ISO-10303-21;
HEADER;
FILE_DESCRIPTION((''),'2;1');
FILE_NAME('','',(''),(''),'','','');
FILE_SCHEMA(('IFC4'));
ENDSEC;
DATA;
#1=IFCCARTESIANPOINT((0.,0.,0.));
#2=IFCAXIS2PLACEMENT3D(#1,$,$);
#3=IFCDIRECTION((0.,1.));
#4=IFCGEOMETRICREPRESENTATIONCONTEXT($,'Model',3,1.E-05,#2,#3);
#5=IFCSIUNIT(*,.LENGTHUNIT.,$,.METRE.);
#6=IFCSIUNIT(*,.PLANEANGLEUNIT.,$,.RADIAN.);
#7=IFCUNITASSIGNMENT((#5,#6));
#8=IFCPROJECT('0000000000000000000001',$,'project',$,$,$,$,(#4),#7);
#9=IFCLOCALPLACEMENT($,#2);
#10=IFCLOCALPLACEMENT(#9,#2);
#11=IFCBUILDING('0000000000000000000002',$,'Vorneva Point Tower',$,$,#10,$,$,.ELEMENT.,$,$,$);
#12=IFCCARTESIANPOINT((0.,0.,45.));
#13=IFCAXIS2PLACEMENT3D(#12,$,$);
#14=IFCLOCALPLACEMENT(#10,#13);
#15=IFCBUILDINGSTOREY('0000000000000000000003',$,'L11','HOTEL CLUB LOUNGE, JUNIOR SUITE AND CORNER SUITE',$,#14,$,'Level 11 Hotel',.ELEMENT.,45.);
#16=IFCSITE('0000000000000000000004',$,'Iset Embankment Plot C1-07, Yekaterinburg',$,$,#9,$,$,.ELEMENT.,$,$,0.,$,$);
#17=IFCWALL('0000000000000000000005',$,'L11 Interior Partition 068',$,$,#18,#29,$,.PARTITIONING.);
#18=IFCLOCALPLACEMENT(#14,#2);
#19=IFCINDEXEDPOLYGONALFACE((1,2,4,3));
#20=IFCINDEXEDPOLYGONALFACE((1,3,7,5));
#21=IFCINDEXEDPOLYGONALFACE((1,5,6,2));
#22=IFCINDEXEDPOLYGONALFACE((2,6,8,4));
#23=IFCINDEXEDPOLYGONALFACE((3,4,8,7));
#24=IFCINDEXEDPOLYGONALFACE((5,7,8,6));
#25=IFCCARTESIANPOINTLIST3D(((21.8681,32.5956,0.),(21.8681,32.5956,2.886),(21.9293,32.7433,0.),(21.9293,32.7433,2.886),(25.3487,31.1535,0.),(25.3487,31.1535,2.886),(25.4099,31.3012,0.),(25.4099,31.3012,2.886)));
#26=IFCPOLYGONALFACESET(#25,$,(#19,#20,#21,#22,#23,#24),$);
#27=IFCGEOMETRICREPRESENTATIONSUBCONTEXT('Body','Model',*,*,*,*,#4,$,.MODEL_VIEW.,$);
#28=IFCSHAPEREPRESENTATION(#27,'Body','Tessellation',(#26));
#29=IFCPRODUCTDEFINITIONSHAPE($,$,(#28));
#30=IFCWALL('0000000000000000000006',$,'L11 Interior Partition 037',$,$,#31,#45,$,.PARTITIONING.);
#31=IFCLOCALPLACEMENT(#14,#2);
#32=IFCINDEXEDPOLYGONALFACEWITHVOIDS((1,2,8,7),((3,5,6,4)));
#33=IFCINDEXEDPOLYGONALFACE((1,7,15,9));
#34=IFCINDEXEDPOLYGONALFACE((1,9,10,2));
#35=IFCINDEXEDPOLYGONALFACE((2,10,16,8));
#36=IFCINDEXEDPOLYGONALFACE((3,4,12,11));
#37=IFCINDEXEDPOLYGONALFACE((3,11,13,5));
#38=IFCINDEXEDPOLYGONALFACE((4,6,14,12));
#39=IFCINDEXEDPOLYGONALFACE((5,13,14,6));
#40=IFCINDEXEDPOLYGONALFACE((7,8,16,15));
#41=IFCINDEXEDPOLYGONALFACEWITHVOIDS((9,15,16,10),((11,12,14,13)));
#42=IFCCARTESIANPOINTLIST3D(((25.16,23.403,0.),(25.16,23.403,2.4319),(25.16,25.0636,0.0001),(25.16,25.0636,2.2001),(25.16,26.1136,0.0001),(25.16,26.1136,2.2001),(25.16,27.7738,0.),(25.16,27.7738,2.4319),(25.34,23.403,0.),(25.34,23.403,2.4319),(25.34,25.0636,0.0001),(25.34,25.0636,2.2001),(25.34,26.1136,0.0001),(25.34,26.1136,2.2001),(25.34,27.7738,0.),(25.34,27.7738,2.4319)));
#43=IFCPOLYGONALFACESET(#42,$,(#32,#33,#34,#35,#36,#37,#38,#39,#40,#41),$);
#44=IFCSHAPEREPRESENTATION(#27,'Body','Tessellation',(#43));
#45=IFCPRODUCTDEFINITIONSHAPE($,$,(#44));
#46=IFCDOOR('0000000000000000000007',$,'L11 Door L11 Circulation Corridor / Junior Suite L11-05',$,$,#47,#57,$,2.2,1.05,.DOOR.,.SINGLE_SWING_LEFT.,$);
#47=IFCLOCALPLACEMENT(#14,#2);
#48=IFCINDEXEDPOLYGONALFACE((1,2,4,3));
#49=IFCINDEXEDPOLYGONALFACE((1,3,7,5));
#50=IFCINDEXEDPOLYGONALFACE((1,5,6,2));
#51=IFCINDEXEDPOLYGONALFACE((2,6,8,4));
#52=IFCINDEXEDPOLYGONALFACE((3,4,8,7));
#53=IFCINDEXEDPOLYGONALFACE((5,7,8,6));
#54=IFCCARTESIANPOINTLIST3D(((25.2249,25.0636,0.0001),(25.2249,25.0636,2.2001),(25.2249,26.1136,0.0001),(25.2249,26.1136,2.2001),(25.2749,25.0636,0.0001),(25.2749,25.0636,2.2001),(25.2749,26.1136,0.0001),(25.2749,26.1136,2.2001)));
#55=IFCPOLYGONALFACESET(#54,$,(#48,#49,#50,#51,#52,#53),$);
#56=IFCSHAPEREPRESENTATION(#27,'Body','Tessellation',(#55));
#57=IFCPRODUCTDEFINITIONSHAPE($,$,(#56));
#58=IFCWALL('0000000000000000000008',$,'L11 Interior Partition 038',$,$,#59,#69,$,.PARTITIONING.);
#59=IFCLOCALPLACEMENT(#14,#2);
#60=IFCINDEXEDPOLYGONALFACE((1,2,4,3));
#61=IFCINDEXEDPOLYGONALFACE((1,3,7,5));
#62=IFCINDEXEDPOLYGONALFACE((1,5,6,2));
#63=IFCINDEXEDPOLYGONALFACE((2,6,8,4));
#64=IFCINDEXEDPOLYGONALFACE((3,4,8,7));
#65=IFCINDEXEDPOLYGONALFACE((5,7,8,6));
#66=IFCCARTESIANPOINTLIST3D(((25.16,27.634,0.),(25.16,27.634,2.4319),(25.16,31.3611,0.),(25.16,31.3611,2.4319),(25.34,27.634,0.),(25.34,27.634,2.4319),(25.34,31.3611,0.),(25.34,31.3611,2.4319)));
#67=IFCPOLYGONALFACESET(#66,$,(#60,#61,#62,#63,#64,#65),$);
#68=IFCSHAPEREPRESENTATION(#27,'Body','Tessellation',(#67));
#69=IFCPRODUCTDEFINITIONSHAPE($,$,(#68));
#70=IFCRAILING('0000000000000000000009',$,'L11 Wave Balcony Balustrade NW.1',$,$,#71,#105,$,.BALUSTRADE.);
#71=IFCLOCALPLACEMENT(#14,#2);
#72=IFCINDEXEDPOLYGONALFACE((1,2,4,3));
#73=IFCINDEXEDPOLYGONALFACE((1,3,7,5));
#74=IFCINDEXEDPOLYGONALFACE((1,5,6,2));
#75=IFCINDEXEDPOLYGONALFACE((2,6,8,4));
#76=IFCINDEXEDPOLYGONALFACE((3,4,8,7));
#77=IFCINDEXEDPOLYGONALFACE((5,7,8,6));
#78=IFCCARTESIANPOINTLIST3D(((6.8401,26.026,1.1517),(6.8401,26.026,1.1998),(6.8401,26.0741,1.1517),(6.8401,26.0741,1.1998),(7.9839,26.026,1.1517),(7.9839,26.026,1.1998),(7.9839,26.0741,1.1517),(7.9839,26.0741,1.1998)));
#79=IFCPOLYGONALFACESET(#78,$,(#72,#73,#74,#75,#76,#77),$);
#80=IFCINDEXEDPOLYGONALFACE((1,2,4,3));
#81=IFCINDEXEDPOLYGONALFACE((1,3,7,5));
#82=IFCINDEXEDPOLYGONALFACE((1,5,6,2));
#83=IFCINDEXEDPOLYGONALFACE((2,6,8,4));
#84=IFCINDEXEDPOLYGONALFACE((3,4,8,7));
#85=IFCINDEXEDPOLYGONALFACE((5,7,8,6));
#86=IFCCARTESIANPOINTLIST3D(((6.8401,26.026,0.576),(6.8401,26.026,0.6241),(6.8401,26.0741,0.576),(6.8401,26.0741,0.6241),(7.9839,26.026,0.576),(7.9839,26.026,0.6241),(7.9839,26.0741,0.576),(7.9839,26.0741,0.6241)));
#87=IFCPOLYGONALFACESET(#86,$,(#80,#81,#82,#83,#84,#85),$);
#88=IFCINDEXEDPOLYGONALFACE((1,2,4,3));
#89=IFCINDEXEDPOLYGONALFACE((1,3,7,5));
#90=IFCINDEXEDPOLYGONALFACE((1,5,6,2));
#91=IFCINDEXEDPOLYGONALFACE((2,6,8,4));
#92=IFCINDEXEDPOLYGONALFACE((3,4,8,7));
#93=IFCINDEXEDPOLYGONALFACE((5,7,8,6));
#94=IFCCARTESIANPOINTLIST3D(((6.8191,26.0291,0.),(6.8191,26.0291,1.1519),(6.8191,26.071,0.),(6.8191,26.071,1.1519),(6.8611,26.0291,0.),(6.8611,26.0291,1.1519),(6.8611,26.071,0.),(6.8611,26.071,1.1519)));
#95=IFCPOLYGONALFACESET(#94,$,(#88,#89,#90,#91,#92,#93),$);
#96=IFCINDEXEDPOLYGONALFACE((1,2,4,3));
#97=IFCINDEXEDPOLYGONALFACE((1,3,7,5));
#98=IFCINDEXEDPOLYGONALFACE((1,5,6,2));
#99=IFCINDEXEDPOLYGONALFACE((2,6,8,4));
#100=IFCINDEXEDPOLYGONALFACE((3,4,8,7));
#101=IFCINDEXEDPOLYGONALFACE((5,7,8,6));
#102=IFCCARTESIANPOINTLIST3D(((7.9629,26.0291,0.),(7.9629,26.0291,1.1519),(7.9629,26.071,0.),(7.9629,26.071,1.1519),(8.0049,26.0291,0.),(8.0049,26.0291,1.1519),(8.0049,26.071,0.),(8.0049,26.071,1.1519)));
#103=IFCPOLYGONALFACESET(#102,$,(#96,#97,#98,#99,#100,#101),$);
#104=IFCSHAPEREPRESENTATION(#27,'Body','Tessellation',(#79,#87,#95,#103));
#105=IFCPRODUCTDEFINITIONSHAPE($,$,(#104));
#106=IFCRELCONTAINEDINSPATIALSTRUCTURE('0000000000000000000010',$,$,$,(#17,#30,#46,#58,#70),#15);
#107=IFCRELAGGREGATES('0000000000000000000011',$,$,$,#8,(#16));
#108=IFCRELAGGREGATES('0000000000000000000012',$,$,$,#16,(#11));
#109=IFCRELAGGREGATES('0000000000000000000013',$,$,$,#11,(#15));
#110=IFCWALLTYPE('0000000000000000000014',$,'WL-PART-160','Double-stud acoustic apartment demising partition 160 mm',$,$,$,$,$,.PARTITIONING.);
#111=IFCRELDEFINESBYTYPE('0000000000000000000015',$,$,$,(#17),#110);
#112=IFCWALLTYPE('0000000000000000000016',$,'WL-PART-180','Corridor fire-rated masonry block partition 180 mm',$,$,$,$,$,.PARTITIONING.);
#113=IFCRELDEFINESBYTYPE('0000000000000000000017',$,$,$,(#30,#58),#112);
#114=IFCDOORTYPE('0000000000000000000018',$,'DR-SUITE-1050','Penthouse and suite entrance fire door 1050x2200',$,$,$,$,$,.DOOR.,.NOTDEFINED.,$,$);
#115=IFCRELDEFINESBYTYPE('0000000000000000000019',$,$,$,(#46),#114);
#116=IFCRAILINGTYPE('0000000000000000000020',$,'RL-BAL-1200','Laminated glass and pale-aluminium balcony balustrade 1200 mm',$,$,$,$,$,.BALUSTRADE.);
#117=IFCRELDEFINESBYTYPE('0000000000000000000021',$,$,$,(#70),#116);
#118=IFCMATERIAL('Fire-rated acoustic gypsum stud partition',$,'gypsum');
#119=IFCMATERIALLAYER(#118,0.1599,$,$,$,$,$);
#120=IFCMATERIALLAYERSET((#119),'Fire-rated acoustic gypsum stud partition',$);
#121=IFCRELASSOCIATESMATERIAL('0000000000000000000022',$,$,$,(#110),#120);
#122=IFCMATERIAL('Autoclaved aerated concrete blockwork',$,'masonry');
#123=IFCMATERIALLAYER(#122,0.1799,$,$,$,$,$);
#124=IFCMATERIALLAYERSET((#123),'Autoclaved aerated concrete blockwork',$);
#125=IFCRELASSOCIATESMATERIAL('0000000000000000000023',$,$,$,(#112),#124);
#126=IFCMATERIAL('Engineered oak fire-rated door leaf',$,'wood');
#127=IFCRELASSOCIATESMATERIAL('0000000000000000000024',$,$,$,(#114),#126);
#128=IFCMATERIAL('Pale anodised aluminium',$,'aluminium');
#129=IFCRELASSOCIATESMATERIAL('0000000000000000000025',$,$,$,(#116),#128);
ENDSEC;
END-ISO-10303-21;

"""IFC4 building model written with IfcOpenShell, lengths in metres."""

from ifc_helpers import new_model, si_unit, direction, frame, frame_2d, origin, origin_2d, place, context, subcontext, project, spatial, rectangle, extrude, material, layer, layer_set, type_object, element, fill, save


model = new_model("IFC4")

# Units and contexts
model_context = context("Model", 3, precision=1e-05, world=origin(), true_north=direction((0.0, 1.0)))
body_context = subcontext(model_context, "Body", "Model", "MODEL_VIEW")
ifc_project = project(units=[si_unit("LENGTHUNIT", "METRE"), si_unit("PLANEANGLEUNIT", "RADIAN")], contexts=[model_context])

# Site, building, storey
site_placement = place(None, origin())
site = spatial("IfcSite", under=ifc_project, at=site_placement, Name="Iset Embankment Plot C1-07, Yekaterinburg", CompositionType="ELEMENT", RefElevation=0.0)
building_placement = place(site_placement, origin())
building = spatial("IfcBuilding", under=site, at=building_placement, Name="Vorneva Point Tower", CompositionType="ELEMENT")
storey_placement = place(building_placement, frame((0.0, 0.0, 45.0)))
storey = spatial("IfcBuildingStorey", under=building, at=storey_placement, Name="L11", Description="HOTEL CLUB LOUNGE, JUNIOR SUITE AND CORNER SUITE", LongName="Level 11 Hotel", CompositionType="ELEMENT", Elevation=45.0)

# Shared definitions
ifc_material_1 = material(Name="Pale anodised aluminium", Category="aluminium")

# Shared definitions
ifc_material_2 = material(Name="Fire-rated acoustic gypsum stud partition", Category="gypsum")
ifc_material_3 = material(Name="Engineered oak fire-rated door leaf", Category="wood")

# Wall
ifc_layer_1 = layer(ifc_material_2, 0.1599)
ifc_layer_set_1 = layer_set([ifc_layer_1], Name="Fire-rated acoustic gypsum stud partition")
wall_type_1 = type_object("IfcWallType", Name="WL-PART-160", Description="Double-stud acoustic apartment demising partition 160 mm", PredefinedType="PARTITIONING", material=ifc_layer_set_1)
wall_1_placement = place(storey_placement, frame((21.8987, 32.6694, 0.0), z_axis=(0.0, 0.0, 1.0), x_axis=(0.923844, -0.38277, 0.0)))
element("IfcWall", 1, at=wall_1_placement, inside=storey, type_object=wall_type_1, Name="L11 Interior Partition 068", PredefinedType="PARTITIONING", context=body_context, shape_type="SweptSolid", body=[
    extrude(rectangle(XDim=3.7676, YDim=0.1599, at=frame_2d((1.8838, 0.0))), origin(), (0.0, 0.0, 1.0), 2.886),
])

# Wall, opening, door
ifc_material_4 = material(Name="Autoclaved aerated concrete blockwork", Category="masonry")
ifc_layer_2 = layer(ifc_material_4, 0.1799)
ifc_layer_set_2 = layer_set([ifc_layer_2], Name="Autoclaved aerated concrete blockwork")
wall_type_2 = type_object("IfcWallType", Name="WL-PART-180", Description="Corridor fire-rated masonry block partition 180 mm", PredefinedType="PARTITIONING", material=ifc_layer_set_2)
wall_2_placement = place(storey_placement, frame((25.25, 27.7739, 0.0), z_axis=(0.0, 0.0, 1.0), x_axis=(0.0, -1.0, 0.0)))
wall_2 = element("IfcWall", 2, at=wall_2_placement, inside=storey, type_object=wall_type_2, Name="L11 Interior Partition 037", PredefinedType="PARTITIONING", context=body_context, shape_type="SweptSolid", body=[
    extrude(rectangle(XDim=4.3708, YDim=0.1799, at=frame_2d((2.1855, 0.0))), origin(), (0.0, 0.0, 1.0), 2.4319),
])
opening_1_placement = place(wall_2_placement, frame((1.6604, 0.0, 0.0)))
opening_1 = element("IfcOpeningElement", 3, at=opening_1_placement, cuts=wall_2, PredefinedType="OPENING", context=body_context, shape_type="SweptSolid", body=[
    extrude(rectangle(XDim=1.05, YDim=2.2, at=frame_2d((0.5249, 1.1001))), frame((0.0, 0.105, 0.0), z_axis=(0.0, -1.0, 0.0), x_axis=(1.0, 0.0, 0.0)), (0.0, 0.0, 1.0), 0.2097),
])
door_type_1 = type_object("IfcDoorType", Name="DR-SUITE-1050", Description="Penthouse and suite entrance fire door 1050x2200", OperationType="NOTDEFINED", PredefinedType="DOOR", material=ifc_material_3)
door_1_placement = place(opening_1_placement, origin())
door_1 = element("IfcDoor", 4, at=door_1_placement, inside=storey, type_object=door_type_1, Name="L11 Door L11 Circulation Corridor / Junior Suite L11-05", OperationType="SINGLE_SWING_LEFT", OverallHeight=2.2, OverallWidth=1.05, PredefinedType="DOOR", context=body_context, shape_type="SweptSolid", body=[
    extrude(rectangle(XDim=1.05, YDim=2.2, at=frame_2d((0.5249, 1.1001))), frame((0.0, 0.0249, 0.0), z_axis=(0.0, -1.0, 0.0), x_axis=(1.0, 0.0, 0.0)), (0.0, 0.0, 1.0), 0.05),
])
fill(opening_1, door_1)

# Wall
wall_3_placement = place(storey_placement, frame((25.25, 31.3611, 0.0), z_axis=(0.0, 0.0, 1.0), x_axis=(0.0, -1.0, 0.0)))
element("IfcWall", 5, at=wall_3_placement, inside=storey, type_object=wall_type_2, Name="L11 Interior Partition 038", PredefinedType="PARTITIONING", context=body_context, shape_type="SweptSolid", body=[
    extrude(rectangle(XDim=3.7271, YDim=0.1799, at=frame_2d((1.8635, 0.0))), origin(), (0.0, 0.0, 1.0), 2.4319),
])

# Railing
railing_type = type_object("IfcRailingType", Name="RL-BAL-1200", Description="Laminated glass and pale-aluminium balcony balustrade 1200 mm", PredefinedType="BALUSTRADE", material=ifc_material_1)
railing_placement = place(storey_placement, frame((6.8401, 26.05, 0.0)))
element("IfcRailing", 6, at=railing_placement, inside=storey, type_object=railing_type, Name="L11 Wave Balcony Balustrade NW.1", PredefinedType="BALUSTRADE", context=body_context, shape_type="SweptSolid", body=[
    extrude(rectangle(XDim=0.0481, YDim=0.0481, at=origin_2d()), frame((0.0, 0.0, 1.1758), z_axis=(1.0, 0.0, 0.0), x_axis=(0.0, 1.0, 0.0)), (0.0, 0.0, 1.0), 1.1438),
    extrude(rectangle(XDim=0.0481, YDim=0.0481, at=origin_2d()), frame((0.0, 0.0, 0.6001), z_axis=(1.0, 0.0, 0.0), x_axis=(0.0, 1.0, 0.0)), (0.0, 0.0, 1.0), 1.1438),
    extrude(rectangle(XDim=0.042, YDim=0.042, at=origin_2d()), origin(), (0.0, 0.0, 1.0), 1.1519),
    extrude(rectangle(XDim=0.042, YDim=0.042, at=origin_2d()), frame((1.1438, 0.0, 0.0)), (0.0, 0.0, 1.0), 1.1519),
])

save(model, "model.ifc")
